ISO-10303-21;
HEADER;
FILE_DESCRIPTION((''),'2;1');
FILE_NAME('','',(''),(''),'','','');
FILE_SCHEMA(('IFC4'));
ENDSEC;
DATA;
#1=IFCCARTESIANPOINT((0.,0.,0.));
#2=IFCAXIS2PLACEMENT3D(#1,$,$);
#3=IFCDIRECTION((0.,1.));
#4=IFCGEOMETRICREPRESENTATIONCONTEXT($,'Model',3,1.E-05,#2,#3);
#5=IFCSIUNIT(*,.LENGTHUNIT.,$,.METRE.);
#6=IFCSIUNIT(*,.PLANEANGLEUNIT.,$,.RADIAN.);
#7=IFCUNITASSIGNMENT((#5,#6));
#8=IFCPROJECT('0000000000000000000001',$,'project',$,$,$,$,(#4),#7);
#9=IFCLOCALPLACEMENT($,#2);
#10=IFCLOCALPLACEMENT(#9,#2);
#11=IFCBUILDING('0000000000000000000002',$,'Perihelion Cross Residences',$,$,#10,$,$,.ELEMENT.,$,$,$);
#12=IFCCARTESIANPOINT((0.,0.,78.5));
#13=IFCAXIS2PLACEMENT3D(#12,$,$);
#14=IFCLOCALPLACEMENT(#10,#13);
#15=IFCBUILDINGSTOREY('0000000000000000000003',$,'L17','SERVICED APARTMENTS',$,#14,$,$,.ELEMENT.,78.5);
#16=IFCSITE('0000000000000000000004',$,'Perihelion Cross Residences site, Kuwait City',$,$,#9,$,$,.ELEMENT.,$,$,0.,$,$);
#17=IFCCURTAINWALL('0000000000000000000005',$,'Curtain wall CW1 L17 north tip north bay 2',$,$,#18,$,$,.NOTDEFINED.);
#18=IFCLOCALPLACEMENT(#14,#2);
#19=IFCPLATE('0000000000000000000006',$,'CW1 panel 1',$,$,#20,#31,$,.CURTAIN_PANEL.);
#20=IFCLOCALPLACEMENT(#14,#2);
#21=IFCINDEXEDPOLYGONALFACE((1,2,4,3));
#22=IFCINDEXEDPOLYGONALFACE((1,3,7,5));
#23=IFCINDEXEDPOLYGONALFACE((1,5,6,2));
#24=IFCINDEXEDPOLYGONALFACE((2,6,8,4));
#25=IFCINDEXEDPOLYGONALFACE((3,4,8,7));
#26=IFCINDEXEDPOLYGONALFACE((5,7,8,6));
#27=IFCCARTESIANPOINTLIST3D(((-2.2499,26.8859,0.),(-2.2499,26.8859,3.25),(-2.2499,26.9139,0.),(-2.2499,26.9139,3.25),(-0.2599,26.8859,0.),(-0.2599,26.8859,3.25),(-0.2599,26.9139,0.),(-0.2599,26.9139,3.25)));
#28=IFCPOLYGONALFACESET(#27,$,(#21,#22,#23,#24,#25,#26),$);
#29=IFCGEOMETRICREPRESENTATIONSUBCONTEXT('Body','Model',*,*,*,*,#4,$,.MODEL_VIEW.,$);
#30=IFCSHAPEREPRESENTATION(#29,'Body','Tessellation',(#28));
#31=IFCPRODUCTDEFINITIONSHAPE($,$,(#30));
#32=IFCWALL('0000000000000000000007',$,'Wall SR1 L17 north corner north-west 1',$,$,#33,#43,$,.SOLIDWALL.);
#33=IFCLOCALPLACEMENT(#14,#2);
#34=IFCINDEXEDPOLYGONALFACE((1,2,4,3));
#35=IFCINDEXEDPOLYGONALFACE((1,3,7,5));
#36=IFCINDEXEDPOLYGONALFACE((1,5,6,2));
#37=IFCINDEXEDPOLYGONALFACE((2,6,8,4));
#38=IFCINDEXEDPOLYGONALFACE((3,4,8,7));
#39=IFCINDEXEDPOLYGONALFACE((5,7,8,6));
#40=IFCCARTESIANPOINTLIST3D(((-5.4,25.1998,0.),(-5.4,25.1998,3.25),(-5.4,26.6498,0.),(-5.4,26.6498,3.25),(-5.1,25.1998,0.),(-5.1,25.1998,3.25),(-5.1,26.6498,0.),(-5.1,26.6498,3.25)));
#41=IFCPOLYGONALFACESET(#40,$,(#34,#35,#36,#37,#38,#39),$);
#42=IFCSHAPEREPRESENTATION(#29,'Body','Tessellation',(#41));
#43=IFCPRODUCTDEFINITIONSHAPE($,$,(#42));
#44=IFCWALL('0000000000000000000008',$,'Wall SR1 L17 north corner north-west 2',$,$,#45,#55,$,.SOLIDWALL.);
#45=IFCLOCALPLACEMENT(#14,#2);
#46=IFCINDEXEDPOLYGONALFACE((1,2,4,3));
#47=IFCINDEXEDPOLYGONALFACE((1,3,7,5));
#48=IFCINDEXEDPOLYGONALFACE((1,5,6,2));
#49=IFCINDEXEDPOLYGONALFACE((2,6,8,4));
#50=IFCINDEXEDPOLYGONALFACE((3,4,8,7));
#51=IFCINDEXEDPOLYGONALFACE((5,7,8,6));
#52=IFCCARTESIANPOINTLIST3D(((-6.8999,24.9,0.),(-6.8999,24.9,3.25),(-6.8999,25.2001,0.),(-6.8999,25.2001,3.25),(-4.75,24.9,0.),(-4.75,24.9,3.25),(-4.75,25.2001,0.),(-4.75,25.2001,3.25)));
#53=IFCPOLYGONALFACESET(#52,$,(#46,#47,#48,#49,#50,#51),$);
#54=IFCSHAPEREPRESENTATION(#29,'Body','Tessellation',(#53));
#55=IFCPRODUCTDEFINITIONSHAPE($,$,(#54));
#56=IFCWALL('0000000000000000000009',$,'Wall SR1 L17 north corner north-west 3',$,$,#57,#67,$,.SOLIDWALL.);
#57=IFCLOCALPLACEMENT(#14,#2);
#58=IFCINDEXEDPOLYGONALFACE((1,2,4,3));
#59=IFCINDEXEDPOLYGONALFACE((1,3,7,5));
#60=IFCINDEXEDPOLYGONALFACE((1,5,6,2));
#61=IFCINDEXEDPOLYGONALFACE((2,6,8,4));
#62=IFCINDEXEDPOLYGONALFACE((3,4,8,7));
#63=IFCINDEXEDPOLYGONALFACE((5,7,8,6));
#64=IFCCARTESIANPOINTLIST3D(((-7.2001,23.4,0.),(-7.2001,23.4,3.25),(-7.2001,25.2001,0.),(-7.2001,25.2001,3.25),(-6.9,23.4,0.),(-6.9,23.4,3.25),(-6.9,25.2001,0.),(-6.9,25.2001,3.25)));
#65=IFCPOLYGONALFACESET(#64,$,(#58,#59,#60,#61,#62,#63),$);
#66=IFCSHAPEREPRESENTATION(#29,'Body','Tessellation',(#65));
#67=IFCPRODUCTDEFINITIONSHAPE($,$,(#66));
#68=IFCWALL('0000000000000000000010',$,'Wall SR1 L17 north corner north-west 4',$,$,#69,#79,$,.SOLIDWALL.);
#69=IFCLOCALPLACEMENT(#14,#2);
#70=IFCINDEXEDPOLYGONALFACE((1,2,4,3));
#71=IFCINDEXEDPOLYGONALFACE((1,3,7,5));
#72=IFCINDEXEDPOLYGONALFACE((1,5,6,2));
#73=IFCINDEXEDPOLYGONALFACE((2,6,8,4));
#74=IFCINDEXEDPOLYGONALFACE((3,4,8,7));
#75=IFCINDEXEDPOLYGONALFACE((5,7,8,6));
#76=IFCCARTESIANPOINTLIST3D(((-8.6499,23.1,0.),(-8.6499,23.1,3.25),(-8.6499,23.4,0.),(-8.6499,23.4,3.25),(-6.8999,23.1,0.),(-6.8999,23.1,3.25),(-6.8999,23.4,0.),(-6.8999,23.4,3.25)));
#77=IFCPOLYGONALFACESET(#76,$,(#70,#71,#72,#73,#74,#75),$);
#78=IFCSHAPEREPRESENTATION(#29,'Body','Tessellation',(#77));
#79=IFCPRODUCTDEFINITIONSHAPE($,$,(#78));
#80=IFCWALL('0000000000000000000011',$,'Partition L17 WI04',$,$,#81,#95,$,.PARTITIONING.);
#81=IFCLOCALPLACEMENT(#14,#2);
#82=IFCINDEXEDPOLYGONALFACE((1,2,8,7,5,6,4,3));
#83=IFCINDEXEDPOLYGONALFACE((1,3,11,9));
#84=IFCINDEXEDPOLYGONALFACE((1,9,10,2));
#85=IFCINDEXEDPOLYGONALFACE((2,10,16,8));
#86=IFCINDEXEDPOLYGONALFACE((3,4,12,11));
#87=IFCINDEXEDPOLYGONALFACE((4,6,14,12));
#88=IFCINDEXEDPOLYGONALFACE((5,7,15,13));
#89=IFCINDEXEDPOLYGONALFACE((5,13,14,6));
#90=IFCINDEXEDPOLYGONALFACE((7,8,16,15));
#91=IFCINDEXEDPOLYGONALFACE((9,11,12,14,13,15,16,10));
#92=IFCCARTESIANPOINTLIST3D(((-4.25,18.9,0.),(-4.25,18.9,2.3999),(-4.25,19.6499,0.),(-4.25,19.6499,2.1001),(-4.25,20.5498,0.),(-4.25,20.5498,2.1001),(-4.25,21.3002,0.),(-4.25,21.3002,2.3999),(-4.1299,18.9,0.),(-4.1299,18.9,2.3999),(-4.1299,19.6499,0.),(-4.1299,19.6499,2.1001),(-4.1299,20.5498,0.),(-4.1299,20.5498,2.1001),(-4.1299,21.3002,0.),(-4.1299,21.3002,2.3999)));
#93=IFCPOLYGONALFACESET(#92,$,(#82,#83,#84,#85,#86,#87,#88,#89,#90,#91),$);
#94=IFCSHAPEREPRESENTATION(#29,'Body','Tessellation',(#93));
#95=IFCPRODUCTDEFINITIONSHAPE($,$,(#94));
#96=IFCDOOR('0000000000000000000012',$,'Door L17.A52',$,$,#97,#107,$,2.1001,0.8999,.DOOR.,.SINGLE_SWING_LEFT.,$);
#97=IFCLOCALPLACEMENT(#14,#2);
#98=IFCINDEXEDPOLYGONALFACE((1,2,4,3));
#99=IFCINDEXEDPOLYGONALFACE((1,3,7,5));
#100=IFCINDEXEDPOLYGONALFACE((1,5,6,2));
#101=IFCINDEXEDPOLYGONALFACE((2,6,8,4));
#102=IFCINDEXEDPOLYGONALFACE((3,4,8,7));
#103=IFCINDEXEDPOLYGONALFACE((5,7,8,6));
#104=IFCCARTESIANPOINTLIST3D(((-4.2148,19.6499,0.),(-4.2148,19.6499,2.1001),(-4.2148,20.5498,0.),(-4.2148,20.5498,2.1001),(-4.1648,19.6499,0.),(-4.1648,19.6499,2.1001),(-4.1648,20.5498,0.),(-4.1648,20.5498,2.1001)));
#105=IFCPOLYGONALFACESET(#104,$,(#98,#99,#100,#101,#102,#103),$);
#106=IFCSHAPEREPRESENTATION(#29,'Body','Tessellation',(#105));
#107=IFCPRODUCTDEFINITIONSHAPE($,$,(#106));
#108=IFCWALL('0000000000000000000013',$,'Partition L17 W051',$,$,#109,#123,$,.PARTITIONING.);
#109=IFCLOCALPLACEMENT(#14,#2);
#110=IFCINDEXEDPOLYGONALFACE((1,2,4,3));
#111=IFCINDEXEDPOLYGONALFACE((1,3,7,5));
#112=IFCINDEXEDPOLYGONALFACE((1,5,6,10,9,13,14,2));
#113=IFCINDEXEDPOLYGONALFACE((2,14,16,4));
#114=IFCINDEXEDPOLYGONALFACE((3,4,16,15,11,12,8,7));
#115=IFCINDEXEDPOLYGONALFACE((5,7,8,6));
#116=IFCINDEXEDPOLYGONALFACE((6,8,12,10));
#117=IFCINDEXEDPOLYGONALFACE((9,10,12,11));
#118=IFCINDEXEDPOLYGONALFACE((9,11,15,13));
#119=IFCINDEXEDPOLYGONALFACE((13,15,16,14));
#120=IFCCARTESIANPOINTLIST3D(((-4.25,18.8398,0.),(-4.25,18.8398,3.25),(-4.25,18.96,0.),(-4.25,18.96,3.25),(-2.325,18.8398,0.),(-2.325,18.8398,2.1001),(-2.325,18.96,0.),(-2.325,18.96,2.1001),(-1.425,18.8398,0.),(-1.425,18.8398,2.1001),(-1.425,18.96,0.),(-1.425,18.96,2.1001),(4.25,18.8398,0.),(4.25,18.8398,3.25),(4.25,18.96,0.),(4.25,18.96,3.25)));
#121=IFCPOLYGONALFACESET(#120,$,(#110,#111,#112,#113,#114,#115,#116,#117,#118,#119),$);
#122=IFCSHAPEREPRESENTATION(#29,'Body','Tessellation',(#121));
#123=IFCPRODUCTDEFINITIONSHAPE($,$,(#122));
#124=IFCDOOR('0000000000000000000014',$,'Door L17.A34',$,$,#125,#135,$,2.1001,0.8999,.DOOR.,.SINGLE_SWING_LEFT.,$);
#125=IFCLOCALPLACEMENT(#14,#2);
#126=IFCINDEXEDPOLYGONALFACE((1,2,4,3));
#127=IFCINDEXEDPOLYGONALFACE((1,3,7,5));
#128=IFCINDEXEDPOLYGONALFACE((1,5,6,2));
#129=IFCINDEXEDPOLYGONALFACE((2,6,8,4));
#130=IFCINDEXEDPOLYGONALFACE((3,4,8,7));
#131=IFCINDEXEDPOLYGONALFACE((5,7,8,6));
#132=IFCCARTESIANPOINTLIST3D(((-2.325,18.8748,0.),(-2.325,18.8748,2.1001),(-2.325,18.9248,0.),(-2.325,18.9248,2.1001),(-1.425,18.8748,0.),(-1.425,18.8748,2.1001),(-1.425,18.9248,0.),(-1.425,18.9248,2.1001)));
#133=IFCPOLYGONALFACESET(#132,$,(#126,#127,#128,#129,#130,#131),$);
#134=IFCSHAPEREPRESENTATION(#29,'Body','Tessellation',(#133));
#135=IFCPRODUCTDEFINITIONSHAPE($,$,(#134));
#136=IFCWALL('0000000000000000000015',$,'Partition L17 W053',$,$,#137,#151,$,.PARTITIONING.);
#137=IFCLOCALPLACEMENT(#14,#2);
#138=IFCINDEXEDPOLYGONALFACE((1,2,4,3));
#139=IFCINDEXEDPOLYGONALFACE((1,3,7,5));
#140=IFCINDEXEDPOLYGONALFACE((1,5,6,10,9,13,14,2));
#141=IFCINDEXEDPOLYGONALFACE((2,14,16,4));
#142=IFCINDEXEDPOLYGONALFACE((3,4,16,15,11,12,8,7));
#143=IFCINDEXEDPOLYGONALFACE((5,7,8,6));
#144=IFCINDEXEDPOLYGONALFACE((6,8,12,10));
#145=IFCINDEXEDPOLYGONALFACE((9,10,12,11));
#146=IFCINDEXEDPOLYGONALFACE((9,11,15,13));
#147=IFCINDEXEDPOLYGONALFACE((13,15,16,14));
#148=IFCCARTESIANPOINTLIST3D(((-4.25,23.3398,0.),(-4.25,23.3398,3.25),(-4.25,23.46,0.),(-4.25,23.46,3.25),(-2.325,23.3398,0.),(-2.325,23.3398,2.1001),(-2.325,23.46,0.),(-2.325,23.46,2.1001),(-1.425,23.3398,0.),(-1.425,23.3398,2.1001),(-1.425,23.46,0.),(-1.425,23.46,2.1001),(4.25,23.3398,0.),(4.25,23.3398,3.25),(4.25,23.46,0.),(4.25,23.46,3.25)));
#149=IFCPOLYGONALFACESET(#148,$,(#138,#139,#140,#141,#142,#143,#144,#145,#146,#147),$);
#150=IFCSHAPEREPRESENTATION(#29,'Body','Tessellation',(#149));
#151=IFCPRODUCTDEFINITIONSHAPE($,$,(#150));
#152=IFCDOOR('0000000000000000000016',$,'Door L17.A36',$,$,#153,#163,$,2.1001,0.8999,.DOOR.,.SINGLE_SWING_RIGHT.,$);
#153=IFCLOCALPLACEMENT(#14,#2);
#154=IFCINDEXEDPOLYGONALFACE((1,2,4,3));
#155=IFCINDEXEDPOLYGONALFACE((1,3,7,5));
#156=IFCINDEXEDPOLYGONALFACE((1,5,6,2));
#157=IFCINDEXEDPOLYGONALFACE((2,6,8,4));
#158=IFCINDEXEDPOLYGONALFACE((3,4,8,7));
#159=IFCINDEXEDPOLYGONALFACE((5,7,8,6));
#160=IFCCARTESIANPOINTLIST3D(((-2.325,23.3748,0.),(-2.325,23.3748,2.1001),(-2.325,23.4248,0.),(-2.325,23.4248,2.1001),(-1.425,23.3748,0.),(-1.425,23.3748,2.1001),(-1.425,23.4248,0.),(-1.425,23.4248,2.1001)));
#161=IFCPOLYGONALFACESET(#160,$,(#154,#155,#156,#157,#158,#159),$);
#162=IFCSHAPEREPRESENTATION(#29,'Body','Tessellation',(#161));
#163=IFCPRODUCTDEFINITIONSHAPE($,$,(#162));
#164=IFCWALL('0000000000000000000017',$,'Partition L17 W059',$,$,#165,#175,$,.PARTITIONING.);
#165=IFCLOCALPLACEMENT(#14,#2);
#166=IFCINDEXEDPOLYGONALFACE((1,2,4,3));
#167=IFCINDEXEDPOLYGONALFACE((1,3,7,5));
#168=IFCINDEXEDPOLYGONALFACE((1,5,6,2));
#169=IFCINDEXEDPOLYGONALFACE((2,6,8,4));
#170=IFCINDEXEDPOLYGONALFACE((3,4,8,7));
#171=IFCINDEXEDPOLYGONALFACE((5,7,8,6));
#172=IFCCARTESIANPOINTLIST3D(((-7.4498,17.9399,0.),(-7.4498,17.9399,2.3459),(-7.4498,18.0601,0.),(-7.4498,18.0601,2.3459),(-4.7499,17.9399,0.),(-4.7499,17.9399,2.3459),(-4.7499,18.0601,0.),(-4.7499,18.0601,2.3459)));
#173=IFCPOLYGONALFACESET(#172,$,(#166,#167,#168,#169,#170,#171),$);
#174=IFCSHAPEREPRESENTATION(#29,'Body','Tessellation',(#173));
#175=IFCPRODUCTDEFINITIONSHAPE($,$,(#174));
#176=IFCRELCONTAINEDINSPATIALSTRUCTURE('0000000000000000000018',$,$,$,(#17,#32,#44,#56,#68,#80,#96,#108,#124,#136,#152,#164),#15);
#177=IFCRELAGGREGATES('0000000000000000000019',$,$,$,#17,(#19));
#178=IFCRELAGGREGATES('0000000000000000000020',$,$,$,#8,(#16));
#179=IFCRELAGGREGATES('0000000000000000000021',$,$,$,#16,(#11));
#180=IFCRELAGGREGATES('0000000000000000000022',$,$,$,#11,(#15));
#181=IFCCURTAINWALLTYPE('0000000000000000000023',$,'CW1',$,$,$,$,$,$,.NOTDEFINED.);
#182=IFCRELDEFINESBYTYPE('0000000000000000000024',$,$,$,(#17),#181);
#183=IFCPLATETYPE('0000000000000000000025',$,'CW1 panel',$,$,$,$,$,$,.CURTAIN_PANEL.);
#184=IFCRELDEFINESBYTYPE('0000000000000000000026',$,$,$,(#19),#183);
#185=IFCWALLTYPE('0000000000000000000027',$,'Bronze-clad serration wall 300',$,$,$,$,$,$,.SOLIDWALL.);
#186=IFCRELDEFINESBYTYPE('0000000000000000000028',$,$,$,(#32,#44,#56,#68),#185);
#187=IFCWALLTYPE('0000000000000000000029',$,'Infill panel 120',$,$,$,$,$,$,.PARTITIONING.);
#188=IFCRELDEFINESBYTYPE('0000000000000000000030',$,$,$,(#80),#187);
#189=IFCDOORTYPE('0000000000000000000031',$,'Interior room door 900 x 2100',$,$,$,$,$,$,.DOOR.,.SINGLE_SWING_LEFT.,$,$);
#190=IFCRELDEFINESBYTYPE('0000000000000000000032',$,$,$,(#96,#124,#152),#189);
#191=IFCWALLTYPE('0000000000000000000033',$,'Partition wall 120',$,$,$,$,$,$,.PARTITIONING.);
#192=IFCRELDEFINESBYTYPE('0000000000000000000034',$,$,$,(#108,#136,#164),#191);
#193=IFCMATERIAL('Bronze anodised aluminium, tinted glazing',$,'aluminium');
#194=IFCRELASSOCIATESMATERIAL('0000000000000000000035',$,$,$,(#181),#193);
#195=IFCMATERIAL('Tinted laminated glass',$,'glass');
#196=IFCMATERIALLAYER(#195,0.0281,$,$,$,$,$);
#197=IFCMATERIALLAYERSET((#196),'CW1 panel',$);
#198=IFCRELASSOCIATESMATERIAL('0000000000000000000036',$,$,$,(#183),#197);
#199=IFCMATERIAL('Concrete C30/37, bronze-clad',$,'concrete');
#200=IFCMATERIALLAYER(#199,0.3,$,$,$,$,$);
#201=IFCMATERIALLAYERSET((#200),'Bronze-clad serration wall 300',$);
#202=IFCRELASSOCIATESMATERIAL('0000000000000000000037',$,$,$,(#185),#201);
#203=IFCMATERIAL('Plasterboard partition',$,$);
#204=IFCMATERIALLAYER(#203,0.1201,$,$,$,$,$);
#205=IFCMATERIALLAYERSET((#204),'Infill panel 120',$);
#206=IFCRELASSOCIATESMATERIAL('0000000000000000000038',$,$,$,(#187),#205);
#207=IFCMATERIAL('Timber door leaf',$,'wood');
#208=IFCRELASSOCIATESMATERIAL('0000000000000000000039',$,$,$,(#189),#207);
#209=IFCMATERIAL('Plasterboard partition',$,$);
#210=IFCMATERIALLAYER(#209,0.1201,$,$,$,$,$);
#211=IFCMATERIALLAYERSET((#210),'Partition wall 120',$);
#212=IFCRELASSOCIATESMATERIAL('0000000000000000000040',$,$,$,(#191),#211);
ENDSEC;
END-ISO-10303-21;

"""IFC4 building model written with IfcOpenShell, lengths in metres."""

from ifc_helpers import new_model, si_unit, direction, frame, frame_2d, origin, origin_2d, place, context, subcontext, project, spatial, rectangle, extrude, material, layer, layer_set, type_object, element, fill, aggregate, save


model = new_model("IFC4")

# Units and contexts
model_context = context("Model", 3, precision=1e-05, world=origin(), true_north=direction((0.0, 1.0)))
body_context = subcontext(model_context, "Body", "Model", "MODEL_VIEW")
ifc_project = project(units=[si_unit("LENGTHUNIT", "METRE"), si_unit("PLANEANGLEUNIT", "RADIAN")], contexts=[model_context])

# Site, building, storey
site_placement = place(None, origin())
site = spatial("IfcSite", under=ifc_project, at=site_placement, Name="Perihelion Cross Residences site, Kuwait City", CompositionType="ELEMENT", RefElevation=0.0)
building_placement = place(site_placement, origin())
building = spatial("IfcBuilding", under=site, at=building_placement, Name="Perihelion Cross Residences", CompositionType="ELEMENT")
storey_placement = place(building_placement, frame((0.0, 0.0, 78.5)))
storey = spatial("IfcBuildingStorey", under=building, at=storey_placement, Name="L17", Description="SERVICED APARTMENTS", CompositionType="ELEMENT", Elevation=78.5)

# Curtain wall
ifc_material_1 = material(Name="Bronze anodised aluminium, tinted glazing", Category="aluminium")
curtain_wall_type = type_object("IfcCurtainWallType", Name="CW1", PredefinedType="NOTDEFINED", material=ifc_material_1)
curtain_wall_placement = place(storey_placement, origin())
curtain_wall = element("IfcCurtainWall", 1, at=curtain_wall_placement, inside=storey, type_object=curtain_wall_type, Name="Curtain wall CW1 L17 north tip north bay 2", PredefinedType="NOTDEFINED")

# Plate
ifc_material_2 = material(Name="Tinted laminated glass", Category="glass")
ifc_layer_1 = layer(ifc_material_2, 0.0281)
ifc_layer_set_1 = layer_set([ifc_layer_1], Name="CW1 panel")
plate_type = type_object("IfcPlateType", Name="CW1 panel", PredefinedType="CURTAIN_PANEL", material=ifc_layer_set_1)
plate_placement = place(storey_placement, frame((-1.2549, 26.8999, 0.0), z_axis=(0.0, 0.0, 1.0), x_axis=(-1.0, 0.0, 0.0)))
plate = element("IfcPlate", 2, at=plate_placement, type_object=plate_type, Name="CW1 panel 1", PredefinedType="CURTAIN_PANEL", context=body_context, shape_type="SweptSolid", body=[
    extrude(rectangle(XDim=1.99, YDim=0.0281, at=origin_2d()), origin(), (0.0, 0.0, 1.0), 3.25),
])
aggregate(curtain_wall, [plate])

# Walls
ifc_material_3 = material(Name="Concrete C30/37, bronze-clad", Category="concrete")
ifc_layer_2 = layer(ifc_material_3, 0.3)
ifc_layer_set_2 = layer_set([ifc_layer_2], Name="Bronze-clad serration wall 300")
wall_type_1 = type_object("IfcWallType", Name="Bronze-clad serration wall 300", PredefinedType="SOLIDWALL", material=ifc_layer_set_2)
wall_1_placement = place(storey_placement, frame((-5.25, 26.6499, 0.0), z_axis=(0.0, 0.0, 1.0), x_axis=(0.0, -1.0, 0.0)))
element("IfcWall", 3, at=wall_1_placement, inside=storey, type_object=wall_type_1, Name="Wall SR1 L17 north corner north-west 1", PredefinedType="SOLIDWALL", context=body_context, shape_type="SweptSolid", body=[
    extrude(rectangle(XDim=1.45, YDim=0.3, at=frame_2d((0.7251, 0.0))), origin(), (0.0, 0.0, 1.0), 3.25),
])
wall_2_placement = place(storey_placement, frame((-4.75, 25.05, 0.0), z_axis=(0.0, 0.0, 1.0), x_axis=(-1.0, 0.0, 0.0)))
element("IfcWall", 4, at=wall_2_placement, inside=storey, type_object=wall_type_1, Name="Wall SR1 L17 north corner north-west 2", PredefinedType="SOLIDWALL", context=body_context, shape_type="SweptSolid", body=[
    extrude(rectangle(XDim=2.1499, YDim=0.3, at=frame_2d((1.075, 0.0))), origin(), (0.0, 0.0, 1.0), 3.25),
])
wall_3_placement = place(storey_placement, frame((-7.05, 25.2, 0.0), z_axis=(0.0, 0.0, 1.0), x_axis=(0.0, -1.0, 0.0)))
element("IfcWall", 5, at=wall_3_placement, inside=storey, type_object=wall_type_1, Name="Wall SR1 L17 north corner north-west 3", PredefinedType="SOLIDWALL", context=body_context, shape_type="SweptSolid", body=[
    extrude(rectangle(XDim=1.8, YDim=0.3, at=frame_2d((0.8999, 0.0))), origin(), (0.0, 0.0, 1.0), 3.25),
])
wall_4_placement = place(storey_placement, frame((-6.8999, 23.25, 0.0), z_axis=(0.0, 0.0, 1.0), x_axis=(-1.0, 0.0, 0.0)))
element("IfcWall", 6, at=wall_4_placement, inside=storey, type_object=wall_type_1, Name="Wall SR1 L17 north corner north-west 4", PredefinedType="SOLIDWALL", context=body_context, shape_type="SweptSolid", body=[
    extrude(rectangle(XDim=1.75, YDim=0.3, at=frame_2d((0.875, 0.0))), origin(), (0.0, 0.0, 1.0), 3.25),
])

# Walls, openings, doors
ifc_material_4 = material(Name="Plasterboard partition")
ifc_layer_3 = layer(ifc_material_4, 0.1201)
ifc_layer_set_3 = layer_set([ifc_layer_3], Name="Infill panel 120")
wall_type_2 = type_object("IfcWallType", Name="Infill panel 120", PredefinedType="PARTITIONING", material=ifc_layer_set_3)
wall_5_placement = place(storey_placement, frame((-4.1899, 18.8999, 0.0), z_axis=(0.0, 0.0, 1.0), x_axis=(0.0, 1.0, 0.0)))
wall_5 = element("IfcWall", 7, at=wall_5_placement, inside=storey, type_object=wall_type_2, Name="Partition L17 WI04", PredefinedType="PARTITIONING", context=body_context, shape_type="SweptSolid", body=[
    extrude(rectangle(XDim=2.4001, YDim=0.1201, at=frame_2d((1.2002, 0.0))), origin(), (0.0, 0.0, 1.0), 2.3999),
])
opening_1_placement = place(wall_5_placement, frame((0.75, 0.0, 0.0)))
opening_1 = element("IfcOpeningElement", 8, at=opening_1_placement, cuts=wall_5, PredefinedType="OPENING", context=body_context, shape_type="SweptSolid", body=[
    extrude(rectangle(XDim=0.8999, YDim=2.1001, at=frame_2d((0.45, 1.05))), frame((0.0, 0.0701, 0.0), z_axis=(0.0, -1.0, 0.0), x_axis=(1.0, 0.0, 0.0)), (0.0, 0.0, 1.0), 0.1401),
])
ifc_material_5 = material(Name="Timber door leaf", Category="wood")
door_type_1 = type_object("IfcDoorType", Name="Interior room door 900 x 2100", OperationType="SINGLE_SWING_LEFT", PredefinedType="DOOR", material=ifc_material_5)
door_1_placement = place(opening_1_placement, origin())
door_1 = element("IfcDoor", 9, at=door_1_placement, inside=storey, type_object=door_type_1, Name="Door L17.A52", OperationType="SINGLE_SWING_LEFT", OverallHeight=2.1001, OverallWidth=0.8999, PredefinedType="DOOR", context=body_context, shape_type="SweptSolid", body=[
    extrude(rectangle(XDim=0.8999, YDim=2.1001, at=frame_2d((0.45, 1.05))), frame((0.0, 0.0249, 0.0), z_axis=(0.0, -1.0, 0.0), x_axis=(1.0, 0.0, 0.0)), (0.0, 0.0, 1.0), 0.05),
])
fill(opening_1, door_1)
ifc_material_6 = material(Name="Plasterboard partition")
ifc_layer_4 = layer(ifc_material_6, 0.1201)
ifc_layer_set_4 = layer_set([ifc_layer_4], Name="Partition wall 120")
wall_type_3 = type_object("IfcWallType", Name="Partition wall 120", PredefinedType="PARTITIONING", material=ifc_layer_set_4)
wall_6_placement = place(storey_placement, frame((-4.25, 18.8999, 0.0), z_axis=(0.0, 0.0, 1.0), x_axis=(1.0, 0.0, 0.0)))
wall_6 = element("IfcWall", 10, at=wall_6_placement, inside=storey, type_object=wall_type_3, Name="Partition L17 W051", PredefinedType="PARTITIONING", context=body_context, shape_type="SweptSolid", body=[
    extrude(rectangle(XDim=8.5, YDim=0.1201, at=frame_2d((4.25, 0.0))), origin(), (0.0, 0.0, 1.0), 3.25),
])
opening_2_placement = place(wall_6_placement, frame((1.925, 0.0, 0.0)))
opening_2 = element("IfcOpeningElement", 11, at=opening_2_placement, cuts=wall_6, PredefinedType="OPENING", context=body_context, shape_type="SweptSolid", body=[
    extrude(rectangle(XDim=0.8999, YDim=2.1001, at=frame_2d((0.45, 1.05))), frame((0.0, 0.0701, 0.0), z_axis=(0.0, -1.0, 0.0), x_axis=(1.0, 0.0, 0.0)), (0.0, 0.0, 1.0), 0.1401),
])
door_2_placement = place(opening_2_placement, origin())
door_2 = element("IfcDoor", 12, at=door_2_placement, inside=storey, type_object=door_type_1, Name="Door L17.A34", OperationType="SINGLE_SWING_LEFT", OverallHeight=2.1001, OverallWidth=0.8999, PredefinedType="DOOR", context=body_context, shape_type="SweptSolid", body=[
    extrude(rectangle(XDim=0.8999, YDim=2.1001, at=frame_2d((0.45, 1.05))), frame((0.0, 0.0249, 0.0), z_axis=(0.0, -1.0, 0.0), x_axis=(1.0, 0.0, 0.0)), (0.0, 0.0, 1.0), 0.05),
])
fill(opening_2, door_2)
wall_7_placement = place(storey_placement, frame((-4.25, 23.3999, 0.0), z_axis=(0.0, 0.0, 1.0), x_axis=(1.0, 0.0, 0.0)))
wall_7 = element("IfcWall", 13, at=wall_7_placement, inside=storey, type_object=wall_type_3, Name="Partition L17 W053", PredefinedType="PARTITIONING", context=body_context, shape_type="SweptSolid", body=[
    extrude(rectangle(XDim=8.5, YDim=0.1201, at=frame_2d((4.25, 0.0))), origin(), (0.0, 0.0, 1.0), 3.25),
])
opening_3_placement = place(wall_7_placement, frame((1.925, 0.0, 0.0)))
opening_3 = element("IfcOpeningElement", 14, at=opening_3_placement, cuts=wall_7, PredefinedType="OPENING", context=body_context, shape_type="SweptSolid", body=[
    extrude(rectangle(XDim=0.8999, YDim=2.1001, at=frame_2d((0.45, 1.05))), frame((0.0, 0.0701, 0.0), z_axis=(0.0, -1.0, 0.0), x_axis=(1.0, 0.0, 0.0)), (0.0, 0.0, 1.0), 0.1401),
])
door_3_placement = place(opening_3_placement, origin())
door_3 = element("IfcDoor", 15, at=door_3_placement, inside=storey, type_object=door_type_1, Name="Door L17.A36", OperationType="SINGLE_SWING_RIGHT", OverallHeight=2.1001, OverallWidth=0.8999, PredefinedType="DOOR", context=body_context, shape_type="SweptSolid", body=[
    extrude(rectangle(XDim=0.8999, YDim=2.1001, at=frame_2d((0.45, 1.05))), frame((0.0, 0.0249, 0.0), z_axis=(0.0, -1.0, 0.0), x_axis=(1.0, 0.0, 0.0)), (0.0, 0.0, 1.0), 0.05),
])
fill(opening_3, door_3)

# Wall
wall_8_placement = place(storey_placement, frame((-7.45, 18.0, 0.0), z_axis=(0.0, 0.0, 1.0), x_axis=(1.0, 0.0, 0.0)))
element("IfcWall", 16, at=wall_8_placement, inside=storey, type_object=wall_type_3, Name="Partition L17 W059", PredefinedType="PARTITIONING", context=body_context, shape_type="SweptSolid", body=[
    extrude(rectangle(XDim=2.7, YDim=0.1201, at=frame_2d((1.3501, 0.0))), origin(), (0.0, 0.0, 1.0), 2.3459),
])

save(model, "model.ifc")
